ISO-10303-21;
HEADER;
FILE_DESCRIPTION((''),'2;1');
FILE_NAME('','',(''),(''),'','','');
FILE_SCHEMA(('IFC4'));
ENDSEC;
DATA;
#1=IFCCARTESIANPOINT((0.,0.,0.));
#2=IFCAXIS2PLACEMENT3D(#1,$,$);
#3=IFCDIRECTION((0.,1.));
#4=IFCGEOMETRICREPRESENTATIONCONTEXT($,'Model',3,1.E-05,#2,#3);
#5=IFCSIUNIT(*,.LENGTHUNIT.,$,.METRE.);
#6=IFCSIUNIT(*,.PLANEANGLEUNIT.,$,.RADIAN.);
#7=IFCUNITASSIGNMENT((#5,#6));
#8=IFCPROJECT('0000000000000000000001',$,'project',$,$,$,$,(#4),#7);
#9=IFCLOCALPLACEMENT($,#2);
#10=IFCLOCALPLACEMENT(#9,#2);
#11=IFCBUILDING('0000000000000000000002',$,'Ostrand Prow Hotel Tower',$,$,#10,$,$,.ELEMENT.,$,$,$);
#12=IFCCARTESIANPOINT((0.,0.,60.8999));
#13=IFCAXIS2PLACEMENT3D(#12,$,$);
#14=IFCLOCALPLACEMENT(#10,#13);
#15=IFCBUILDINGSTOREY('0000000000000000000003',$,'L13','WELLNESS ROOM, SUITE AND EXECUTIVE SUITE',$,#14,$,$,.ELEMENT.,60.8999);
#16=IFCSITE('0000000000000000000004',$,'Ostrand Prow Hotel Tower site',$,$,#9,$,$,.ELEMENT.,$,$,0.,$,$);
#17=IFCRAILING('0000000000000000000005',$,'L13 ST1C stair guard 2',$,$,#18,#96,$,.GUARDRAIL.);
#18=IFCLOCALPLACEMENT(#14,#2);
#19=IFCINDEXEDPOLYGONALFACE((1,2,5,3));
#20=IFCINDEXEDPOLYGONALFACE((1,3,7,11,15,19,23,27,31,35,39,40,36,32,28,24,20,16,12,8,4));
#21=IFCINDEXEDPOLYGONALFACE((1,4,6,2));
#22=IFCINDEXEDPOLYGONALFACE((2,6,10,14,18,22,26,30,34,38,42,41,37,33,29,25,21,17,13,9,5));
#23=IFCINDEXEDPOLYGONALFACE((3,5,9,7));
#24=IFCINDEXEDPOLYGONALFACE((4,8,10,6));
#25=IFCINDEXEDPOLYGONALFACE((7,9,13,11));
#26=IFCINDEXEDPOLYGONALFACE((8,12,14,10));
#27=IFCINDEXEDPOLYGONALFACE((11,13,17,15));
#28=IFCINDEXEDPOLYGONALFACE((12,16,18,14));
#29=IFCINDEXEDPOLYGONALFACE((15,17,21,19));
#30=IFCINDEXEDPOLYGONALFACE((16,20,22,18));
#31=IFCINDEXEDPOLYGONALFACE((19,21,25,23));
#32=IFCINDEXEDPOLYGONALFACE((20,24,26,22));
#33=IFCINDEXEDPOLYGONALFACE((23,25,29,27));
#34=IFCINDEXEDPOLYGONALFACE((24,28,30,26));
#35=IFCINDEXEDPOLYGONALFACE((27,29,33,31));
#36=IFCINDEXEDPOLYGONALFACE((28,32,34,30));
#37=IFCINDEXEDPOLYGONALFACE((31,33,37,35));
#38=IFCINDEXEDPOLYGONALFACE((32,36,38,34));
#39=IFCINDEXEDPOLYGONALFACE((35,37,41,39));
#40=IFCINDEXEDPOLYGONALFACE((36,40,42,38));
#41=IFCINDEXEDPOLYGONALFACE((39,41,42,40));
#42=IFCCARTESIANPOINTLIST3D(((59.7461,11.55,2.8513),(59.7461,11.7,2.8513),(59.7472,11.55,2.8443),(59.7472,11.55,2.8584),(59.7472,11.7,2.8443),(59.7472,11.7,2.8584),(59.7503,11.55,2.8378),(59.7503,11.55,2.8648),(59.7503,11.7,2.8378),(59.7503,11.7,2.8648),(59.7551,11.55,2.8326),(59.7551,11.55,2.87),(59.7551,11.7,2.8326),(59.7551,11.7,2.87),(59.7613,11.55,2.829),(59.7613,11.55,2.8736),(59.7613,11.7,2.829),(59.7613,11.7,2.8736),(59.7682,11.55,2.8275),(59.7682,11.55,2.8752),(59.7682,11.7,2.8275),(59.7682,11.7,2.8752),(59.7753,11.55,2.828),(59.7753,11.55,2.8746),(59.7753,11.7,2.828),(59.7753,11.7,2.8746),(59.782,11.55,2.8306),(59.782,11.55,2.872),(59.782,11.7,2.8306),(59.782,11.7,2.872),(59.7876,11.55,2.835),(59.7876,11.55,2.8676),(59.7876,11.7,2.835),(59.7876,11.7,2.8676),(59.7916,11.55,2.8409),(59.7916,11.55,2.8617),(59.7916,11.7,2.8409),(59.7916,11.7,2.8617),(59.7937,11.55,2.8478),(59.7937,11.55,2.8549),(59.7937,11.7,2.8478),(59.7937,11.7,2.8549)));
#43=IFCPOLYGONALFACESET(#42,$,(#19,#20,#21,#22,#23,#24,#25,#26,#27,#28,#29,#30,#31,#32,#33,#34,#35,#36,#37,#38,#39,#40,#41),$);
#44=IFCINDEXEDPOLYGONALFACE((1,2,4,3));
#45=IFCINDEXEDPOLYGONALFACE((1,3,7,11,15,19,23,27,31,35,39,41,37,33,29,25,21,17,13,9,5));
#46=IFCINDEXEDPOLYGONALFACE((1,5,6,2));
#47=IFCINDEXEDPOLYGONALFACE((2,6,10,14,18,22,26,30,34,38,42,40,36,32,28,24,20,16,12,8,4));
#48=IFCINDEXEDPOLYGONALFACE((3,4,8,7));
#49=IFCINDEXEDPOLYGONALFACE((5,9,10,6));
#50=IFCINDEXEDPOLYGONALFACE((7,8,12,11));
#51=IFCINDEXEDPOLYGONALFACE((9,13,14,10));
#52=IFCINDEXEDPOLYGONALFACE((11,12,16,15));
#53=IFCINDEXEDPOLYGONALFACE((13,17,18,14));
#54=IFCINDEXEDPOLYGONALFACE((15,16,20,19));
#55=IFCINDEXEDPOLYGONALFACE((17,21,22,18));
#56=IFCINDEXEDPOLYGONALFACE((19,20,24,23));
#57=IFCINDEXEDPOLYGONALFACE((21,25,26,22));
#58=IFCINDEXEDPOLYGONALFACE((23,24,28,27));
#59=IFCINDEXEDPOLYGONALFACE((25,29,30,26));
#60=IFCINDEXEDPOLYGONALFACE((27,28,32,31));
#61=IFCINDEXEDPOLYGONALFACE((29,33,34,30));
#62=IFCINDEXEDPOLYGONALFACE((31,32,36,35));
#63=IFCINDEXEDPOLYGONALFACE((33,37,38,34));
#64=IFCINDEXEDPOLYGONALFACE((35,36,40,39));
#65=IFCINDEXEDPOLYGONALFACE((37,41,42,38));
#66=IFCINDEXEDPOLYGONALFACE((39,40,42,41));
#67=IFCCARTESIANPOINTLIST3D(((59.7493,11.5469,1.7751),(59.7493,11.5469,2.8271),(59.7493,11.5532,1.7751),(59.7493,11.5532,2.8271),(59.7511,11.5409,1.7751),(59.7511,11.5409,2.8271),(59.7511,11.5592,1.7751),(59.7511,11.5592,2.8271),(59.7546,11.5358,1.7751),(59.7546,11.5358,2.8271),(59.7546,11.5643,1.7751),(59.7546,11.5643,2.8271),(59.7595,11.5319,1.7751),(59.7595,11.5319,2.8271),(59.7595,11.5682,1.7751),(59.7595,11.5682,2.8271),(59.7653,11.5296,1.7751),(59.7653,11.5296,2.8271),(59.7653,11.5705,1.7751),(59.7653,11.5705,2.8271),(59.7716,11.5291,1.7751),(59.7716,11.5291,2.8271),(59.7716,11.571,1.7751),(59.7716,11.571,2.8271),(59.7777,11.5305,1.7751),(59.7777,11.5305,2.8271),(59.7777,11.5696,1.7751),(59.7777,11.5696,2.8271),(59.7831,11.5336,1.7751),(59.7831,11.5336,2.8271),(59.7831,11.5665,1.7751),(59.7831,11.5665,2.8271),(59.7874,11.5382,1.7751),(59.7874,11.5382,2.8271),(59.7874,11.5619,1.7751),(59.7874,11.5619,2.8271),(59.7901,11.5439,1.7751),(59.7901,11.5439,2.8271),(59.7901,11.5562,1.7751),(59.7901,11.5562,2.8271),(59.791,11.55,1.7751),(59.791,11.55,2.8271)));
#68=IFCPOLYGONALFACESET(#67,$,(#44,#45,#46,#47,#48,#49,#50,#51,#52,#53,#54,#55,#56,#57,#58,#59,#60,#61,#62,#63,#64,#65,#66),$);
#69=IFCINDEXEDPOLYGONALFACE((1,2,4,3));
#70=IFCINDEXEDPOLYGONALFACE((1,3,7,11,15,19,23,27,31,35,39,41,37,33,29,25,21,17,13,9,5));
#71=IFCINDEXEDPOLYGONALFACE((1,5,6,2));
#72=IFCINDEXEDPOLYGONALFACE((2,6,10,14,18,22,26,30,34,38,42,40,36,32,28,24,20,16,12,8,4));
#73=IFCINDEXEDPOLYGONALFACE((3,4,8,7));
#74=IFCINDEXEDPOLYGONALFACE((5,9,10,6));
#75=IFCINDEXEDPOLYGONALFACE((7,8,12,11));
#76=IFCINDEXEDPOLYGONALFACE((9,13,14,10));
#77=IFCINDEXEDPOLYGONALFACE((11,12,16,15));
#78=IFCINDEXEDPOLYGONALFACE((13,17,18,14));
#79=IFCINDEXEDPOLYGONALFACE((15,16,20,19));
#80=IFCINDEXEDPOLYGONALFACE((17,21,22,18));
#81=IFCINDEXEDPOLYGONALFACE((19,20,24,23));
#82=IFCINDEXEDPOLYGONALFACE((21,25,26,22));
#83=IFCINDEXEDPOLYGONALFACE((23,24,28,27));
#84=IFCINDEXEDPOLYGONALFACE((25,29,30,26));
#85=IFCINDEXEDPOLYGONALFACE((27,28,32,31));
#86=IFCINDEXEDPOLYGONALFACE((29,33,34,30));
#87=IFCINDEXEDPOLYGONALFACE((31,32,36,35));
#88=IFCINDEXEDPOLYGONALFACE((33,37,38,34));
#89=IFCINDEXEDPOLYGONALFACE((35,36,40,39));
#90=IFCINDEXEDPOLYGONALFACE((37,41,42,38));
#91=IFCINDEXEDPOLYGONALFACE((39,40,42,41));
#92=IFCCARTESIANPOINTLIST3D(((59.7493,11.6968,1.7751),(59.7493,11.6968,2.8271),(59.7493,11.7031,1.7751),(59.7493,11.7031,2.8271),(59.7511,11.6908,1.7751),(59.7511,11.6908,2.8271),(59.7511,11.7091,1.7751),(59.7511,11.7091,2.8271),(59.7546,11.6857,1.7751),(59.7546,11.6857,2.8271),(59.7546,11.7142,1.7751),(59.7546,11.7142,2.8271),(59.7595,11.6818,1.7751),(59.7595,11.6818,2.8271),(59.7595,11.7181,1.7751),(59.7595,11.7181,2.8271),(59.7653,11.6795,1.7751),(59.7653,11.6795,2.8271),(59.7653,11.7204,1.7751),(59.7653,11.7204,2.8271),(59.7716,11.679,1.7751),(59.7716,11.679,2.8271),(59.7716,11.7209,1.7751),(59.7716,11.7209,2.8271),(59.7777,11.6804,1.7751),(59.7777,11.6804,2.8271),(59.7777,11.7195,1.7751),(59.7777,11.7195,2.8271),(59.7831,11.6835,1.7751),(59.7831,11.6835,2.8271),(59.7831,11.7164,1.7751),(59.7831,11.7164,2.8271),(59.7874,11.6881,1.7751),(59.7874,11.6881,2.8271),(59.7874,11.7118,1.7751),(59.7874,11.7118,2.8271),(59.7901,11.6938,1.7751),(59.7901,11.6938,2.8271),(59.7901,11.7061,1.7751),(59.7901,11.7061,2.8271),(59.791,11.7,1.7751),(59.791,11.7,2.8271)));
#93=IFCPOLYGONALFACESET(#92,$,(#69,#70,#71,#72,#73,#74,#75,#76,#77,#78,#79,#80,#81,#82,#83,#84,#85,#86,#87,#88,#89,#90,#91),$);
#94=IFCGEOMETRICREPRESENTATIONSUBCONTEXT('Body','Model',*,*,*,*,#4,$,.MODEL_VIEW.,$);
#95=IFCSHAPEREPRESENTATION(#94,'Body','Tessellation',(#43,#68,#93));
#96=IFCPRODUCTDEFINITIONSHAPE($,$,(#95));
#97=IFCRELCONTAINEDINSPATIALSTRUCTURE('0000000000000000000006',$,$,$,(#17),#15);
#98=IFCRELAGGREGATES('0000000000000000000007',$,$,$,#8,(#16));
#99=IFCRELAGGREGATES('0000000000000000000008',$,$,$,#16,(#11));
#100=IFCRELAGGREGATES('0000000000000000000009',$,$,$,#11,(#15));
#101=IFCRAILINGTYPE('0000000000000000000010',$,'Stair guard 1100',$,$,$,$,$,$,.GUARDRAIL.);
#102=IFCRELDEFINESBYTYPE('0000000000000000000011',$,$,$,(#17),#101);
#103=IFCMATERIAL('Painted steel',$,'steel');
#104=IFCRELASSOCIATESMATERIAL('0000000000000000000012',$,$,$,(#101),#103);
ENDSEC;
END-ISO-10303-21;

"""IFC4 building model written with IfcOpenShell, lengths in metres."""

from ifc_helpers import new_model, si_unit, direction, frame, origin, origin_2d, place, context, subcontext, project, spatial, circle, extrude, material, type_object, element, save


model = new_model("IFC4")

# Units and contexts
model_context = context("Model", 3, precision=1e-05, world=origin(), true_north=direction((0.0, 1.0)))
body_context = subcontext(model_context, "Body", "Model", "MODEL_VIEW")
ifc_project = project(units=[si_unit("LENGTHUNIT", "METRE"), si_unit("PLANEANGLEUNIT", "RADIAN")], contexts=[model_context])

# Site, building, storey
site_placement = place(None, origin())
site = spatial("IfcSite", under=ifc_project, at=site_placement, Name="Ostrand Prow Hotel Tower site", CompositionType="ELEMENT", RefElevation=0.0)
building_placement = place(site_placement, origin())
building = spatial("IfcBuilding", under=site, at=building_placement, Name="Ostrand Prow Hotel Tower", CompositionType="ELEMENT")
storey_placement = place(building_placement, frame((0.0, 0.0, 60.8999)))
storey = spatial("IfcBuildingStorey", under=building, at=storey_placement, Name="L13", Description="WELLNESS ROOM, SUITE AND EXECUTIVE SUITE", CompositionType="ELEMENT", Elevation=60.8999)

# Railing
ifc_material_1 = material(Name="Painted steel", Category="steel")
railing_type_1 = type_object("IfcRailingType", Name="Stair guard 1100", PredefinedType="GUARDRAIL", material=ifc_material_1)
railing_1_placement = place(storey_placement, frame((59.77, 11.55, 1.7751)))
element("IfcRailing", 1, at=railing_1_placement, inside=storey, type_object=railing_type_1, Name="L13 ST1C stair guard 2", PredefinedType="GUARDRAIL", context=body_context, shape_type="SweptSolid", body=[
    extrude(circle(Radius=0.0239, at=origin_2d()), frame((0.0, 0.0, 1.0762), z_axis=(0.0, 1.0, 0.0), x_axis=(-1.0, 0.0, 0.0)), (0.0, 0.0, 1.0), 0.1499),
    extrude(circle(Radius=0.021, at=origin_2d()), origin(), (0.0, 0.0, 1.0), 1.052),
    extrude(circle(Radius=0.021, at=origin_2d()), frame((0.0, 0.1499, 0.0)), (0.0, 0.0, 1.0), 1.052),
])

save(model, "model.ifc")
